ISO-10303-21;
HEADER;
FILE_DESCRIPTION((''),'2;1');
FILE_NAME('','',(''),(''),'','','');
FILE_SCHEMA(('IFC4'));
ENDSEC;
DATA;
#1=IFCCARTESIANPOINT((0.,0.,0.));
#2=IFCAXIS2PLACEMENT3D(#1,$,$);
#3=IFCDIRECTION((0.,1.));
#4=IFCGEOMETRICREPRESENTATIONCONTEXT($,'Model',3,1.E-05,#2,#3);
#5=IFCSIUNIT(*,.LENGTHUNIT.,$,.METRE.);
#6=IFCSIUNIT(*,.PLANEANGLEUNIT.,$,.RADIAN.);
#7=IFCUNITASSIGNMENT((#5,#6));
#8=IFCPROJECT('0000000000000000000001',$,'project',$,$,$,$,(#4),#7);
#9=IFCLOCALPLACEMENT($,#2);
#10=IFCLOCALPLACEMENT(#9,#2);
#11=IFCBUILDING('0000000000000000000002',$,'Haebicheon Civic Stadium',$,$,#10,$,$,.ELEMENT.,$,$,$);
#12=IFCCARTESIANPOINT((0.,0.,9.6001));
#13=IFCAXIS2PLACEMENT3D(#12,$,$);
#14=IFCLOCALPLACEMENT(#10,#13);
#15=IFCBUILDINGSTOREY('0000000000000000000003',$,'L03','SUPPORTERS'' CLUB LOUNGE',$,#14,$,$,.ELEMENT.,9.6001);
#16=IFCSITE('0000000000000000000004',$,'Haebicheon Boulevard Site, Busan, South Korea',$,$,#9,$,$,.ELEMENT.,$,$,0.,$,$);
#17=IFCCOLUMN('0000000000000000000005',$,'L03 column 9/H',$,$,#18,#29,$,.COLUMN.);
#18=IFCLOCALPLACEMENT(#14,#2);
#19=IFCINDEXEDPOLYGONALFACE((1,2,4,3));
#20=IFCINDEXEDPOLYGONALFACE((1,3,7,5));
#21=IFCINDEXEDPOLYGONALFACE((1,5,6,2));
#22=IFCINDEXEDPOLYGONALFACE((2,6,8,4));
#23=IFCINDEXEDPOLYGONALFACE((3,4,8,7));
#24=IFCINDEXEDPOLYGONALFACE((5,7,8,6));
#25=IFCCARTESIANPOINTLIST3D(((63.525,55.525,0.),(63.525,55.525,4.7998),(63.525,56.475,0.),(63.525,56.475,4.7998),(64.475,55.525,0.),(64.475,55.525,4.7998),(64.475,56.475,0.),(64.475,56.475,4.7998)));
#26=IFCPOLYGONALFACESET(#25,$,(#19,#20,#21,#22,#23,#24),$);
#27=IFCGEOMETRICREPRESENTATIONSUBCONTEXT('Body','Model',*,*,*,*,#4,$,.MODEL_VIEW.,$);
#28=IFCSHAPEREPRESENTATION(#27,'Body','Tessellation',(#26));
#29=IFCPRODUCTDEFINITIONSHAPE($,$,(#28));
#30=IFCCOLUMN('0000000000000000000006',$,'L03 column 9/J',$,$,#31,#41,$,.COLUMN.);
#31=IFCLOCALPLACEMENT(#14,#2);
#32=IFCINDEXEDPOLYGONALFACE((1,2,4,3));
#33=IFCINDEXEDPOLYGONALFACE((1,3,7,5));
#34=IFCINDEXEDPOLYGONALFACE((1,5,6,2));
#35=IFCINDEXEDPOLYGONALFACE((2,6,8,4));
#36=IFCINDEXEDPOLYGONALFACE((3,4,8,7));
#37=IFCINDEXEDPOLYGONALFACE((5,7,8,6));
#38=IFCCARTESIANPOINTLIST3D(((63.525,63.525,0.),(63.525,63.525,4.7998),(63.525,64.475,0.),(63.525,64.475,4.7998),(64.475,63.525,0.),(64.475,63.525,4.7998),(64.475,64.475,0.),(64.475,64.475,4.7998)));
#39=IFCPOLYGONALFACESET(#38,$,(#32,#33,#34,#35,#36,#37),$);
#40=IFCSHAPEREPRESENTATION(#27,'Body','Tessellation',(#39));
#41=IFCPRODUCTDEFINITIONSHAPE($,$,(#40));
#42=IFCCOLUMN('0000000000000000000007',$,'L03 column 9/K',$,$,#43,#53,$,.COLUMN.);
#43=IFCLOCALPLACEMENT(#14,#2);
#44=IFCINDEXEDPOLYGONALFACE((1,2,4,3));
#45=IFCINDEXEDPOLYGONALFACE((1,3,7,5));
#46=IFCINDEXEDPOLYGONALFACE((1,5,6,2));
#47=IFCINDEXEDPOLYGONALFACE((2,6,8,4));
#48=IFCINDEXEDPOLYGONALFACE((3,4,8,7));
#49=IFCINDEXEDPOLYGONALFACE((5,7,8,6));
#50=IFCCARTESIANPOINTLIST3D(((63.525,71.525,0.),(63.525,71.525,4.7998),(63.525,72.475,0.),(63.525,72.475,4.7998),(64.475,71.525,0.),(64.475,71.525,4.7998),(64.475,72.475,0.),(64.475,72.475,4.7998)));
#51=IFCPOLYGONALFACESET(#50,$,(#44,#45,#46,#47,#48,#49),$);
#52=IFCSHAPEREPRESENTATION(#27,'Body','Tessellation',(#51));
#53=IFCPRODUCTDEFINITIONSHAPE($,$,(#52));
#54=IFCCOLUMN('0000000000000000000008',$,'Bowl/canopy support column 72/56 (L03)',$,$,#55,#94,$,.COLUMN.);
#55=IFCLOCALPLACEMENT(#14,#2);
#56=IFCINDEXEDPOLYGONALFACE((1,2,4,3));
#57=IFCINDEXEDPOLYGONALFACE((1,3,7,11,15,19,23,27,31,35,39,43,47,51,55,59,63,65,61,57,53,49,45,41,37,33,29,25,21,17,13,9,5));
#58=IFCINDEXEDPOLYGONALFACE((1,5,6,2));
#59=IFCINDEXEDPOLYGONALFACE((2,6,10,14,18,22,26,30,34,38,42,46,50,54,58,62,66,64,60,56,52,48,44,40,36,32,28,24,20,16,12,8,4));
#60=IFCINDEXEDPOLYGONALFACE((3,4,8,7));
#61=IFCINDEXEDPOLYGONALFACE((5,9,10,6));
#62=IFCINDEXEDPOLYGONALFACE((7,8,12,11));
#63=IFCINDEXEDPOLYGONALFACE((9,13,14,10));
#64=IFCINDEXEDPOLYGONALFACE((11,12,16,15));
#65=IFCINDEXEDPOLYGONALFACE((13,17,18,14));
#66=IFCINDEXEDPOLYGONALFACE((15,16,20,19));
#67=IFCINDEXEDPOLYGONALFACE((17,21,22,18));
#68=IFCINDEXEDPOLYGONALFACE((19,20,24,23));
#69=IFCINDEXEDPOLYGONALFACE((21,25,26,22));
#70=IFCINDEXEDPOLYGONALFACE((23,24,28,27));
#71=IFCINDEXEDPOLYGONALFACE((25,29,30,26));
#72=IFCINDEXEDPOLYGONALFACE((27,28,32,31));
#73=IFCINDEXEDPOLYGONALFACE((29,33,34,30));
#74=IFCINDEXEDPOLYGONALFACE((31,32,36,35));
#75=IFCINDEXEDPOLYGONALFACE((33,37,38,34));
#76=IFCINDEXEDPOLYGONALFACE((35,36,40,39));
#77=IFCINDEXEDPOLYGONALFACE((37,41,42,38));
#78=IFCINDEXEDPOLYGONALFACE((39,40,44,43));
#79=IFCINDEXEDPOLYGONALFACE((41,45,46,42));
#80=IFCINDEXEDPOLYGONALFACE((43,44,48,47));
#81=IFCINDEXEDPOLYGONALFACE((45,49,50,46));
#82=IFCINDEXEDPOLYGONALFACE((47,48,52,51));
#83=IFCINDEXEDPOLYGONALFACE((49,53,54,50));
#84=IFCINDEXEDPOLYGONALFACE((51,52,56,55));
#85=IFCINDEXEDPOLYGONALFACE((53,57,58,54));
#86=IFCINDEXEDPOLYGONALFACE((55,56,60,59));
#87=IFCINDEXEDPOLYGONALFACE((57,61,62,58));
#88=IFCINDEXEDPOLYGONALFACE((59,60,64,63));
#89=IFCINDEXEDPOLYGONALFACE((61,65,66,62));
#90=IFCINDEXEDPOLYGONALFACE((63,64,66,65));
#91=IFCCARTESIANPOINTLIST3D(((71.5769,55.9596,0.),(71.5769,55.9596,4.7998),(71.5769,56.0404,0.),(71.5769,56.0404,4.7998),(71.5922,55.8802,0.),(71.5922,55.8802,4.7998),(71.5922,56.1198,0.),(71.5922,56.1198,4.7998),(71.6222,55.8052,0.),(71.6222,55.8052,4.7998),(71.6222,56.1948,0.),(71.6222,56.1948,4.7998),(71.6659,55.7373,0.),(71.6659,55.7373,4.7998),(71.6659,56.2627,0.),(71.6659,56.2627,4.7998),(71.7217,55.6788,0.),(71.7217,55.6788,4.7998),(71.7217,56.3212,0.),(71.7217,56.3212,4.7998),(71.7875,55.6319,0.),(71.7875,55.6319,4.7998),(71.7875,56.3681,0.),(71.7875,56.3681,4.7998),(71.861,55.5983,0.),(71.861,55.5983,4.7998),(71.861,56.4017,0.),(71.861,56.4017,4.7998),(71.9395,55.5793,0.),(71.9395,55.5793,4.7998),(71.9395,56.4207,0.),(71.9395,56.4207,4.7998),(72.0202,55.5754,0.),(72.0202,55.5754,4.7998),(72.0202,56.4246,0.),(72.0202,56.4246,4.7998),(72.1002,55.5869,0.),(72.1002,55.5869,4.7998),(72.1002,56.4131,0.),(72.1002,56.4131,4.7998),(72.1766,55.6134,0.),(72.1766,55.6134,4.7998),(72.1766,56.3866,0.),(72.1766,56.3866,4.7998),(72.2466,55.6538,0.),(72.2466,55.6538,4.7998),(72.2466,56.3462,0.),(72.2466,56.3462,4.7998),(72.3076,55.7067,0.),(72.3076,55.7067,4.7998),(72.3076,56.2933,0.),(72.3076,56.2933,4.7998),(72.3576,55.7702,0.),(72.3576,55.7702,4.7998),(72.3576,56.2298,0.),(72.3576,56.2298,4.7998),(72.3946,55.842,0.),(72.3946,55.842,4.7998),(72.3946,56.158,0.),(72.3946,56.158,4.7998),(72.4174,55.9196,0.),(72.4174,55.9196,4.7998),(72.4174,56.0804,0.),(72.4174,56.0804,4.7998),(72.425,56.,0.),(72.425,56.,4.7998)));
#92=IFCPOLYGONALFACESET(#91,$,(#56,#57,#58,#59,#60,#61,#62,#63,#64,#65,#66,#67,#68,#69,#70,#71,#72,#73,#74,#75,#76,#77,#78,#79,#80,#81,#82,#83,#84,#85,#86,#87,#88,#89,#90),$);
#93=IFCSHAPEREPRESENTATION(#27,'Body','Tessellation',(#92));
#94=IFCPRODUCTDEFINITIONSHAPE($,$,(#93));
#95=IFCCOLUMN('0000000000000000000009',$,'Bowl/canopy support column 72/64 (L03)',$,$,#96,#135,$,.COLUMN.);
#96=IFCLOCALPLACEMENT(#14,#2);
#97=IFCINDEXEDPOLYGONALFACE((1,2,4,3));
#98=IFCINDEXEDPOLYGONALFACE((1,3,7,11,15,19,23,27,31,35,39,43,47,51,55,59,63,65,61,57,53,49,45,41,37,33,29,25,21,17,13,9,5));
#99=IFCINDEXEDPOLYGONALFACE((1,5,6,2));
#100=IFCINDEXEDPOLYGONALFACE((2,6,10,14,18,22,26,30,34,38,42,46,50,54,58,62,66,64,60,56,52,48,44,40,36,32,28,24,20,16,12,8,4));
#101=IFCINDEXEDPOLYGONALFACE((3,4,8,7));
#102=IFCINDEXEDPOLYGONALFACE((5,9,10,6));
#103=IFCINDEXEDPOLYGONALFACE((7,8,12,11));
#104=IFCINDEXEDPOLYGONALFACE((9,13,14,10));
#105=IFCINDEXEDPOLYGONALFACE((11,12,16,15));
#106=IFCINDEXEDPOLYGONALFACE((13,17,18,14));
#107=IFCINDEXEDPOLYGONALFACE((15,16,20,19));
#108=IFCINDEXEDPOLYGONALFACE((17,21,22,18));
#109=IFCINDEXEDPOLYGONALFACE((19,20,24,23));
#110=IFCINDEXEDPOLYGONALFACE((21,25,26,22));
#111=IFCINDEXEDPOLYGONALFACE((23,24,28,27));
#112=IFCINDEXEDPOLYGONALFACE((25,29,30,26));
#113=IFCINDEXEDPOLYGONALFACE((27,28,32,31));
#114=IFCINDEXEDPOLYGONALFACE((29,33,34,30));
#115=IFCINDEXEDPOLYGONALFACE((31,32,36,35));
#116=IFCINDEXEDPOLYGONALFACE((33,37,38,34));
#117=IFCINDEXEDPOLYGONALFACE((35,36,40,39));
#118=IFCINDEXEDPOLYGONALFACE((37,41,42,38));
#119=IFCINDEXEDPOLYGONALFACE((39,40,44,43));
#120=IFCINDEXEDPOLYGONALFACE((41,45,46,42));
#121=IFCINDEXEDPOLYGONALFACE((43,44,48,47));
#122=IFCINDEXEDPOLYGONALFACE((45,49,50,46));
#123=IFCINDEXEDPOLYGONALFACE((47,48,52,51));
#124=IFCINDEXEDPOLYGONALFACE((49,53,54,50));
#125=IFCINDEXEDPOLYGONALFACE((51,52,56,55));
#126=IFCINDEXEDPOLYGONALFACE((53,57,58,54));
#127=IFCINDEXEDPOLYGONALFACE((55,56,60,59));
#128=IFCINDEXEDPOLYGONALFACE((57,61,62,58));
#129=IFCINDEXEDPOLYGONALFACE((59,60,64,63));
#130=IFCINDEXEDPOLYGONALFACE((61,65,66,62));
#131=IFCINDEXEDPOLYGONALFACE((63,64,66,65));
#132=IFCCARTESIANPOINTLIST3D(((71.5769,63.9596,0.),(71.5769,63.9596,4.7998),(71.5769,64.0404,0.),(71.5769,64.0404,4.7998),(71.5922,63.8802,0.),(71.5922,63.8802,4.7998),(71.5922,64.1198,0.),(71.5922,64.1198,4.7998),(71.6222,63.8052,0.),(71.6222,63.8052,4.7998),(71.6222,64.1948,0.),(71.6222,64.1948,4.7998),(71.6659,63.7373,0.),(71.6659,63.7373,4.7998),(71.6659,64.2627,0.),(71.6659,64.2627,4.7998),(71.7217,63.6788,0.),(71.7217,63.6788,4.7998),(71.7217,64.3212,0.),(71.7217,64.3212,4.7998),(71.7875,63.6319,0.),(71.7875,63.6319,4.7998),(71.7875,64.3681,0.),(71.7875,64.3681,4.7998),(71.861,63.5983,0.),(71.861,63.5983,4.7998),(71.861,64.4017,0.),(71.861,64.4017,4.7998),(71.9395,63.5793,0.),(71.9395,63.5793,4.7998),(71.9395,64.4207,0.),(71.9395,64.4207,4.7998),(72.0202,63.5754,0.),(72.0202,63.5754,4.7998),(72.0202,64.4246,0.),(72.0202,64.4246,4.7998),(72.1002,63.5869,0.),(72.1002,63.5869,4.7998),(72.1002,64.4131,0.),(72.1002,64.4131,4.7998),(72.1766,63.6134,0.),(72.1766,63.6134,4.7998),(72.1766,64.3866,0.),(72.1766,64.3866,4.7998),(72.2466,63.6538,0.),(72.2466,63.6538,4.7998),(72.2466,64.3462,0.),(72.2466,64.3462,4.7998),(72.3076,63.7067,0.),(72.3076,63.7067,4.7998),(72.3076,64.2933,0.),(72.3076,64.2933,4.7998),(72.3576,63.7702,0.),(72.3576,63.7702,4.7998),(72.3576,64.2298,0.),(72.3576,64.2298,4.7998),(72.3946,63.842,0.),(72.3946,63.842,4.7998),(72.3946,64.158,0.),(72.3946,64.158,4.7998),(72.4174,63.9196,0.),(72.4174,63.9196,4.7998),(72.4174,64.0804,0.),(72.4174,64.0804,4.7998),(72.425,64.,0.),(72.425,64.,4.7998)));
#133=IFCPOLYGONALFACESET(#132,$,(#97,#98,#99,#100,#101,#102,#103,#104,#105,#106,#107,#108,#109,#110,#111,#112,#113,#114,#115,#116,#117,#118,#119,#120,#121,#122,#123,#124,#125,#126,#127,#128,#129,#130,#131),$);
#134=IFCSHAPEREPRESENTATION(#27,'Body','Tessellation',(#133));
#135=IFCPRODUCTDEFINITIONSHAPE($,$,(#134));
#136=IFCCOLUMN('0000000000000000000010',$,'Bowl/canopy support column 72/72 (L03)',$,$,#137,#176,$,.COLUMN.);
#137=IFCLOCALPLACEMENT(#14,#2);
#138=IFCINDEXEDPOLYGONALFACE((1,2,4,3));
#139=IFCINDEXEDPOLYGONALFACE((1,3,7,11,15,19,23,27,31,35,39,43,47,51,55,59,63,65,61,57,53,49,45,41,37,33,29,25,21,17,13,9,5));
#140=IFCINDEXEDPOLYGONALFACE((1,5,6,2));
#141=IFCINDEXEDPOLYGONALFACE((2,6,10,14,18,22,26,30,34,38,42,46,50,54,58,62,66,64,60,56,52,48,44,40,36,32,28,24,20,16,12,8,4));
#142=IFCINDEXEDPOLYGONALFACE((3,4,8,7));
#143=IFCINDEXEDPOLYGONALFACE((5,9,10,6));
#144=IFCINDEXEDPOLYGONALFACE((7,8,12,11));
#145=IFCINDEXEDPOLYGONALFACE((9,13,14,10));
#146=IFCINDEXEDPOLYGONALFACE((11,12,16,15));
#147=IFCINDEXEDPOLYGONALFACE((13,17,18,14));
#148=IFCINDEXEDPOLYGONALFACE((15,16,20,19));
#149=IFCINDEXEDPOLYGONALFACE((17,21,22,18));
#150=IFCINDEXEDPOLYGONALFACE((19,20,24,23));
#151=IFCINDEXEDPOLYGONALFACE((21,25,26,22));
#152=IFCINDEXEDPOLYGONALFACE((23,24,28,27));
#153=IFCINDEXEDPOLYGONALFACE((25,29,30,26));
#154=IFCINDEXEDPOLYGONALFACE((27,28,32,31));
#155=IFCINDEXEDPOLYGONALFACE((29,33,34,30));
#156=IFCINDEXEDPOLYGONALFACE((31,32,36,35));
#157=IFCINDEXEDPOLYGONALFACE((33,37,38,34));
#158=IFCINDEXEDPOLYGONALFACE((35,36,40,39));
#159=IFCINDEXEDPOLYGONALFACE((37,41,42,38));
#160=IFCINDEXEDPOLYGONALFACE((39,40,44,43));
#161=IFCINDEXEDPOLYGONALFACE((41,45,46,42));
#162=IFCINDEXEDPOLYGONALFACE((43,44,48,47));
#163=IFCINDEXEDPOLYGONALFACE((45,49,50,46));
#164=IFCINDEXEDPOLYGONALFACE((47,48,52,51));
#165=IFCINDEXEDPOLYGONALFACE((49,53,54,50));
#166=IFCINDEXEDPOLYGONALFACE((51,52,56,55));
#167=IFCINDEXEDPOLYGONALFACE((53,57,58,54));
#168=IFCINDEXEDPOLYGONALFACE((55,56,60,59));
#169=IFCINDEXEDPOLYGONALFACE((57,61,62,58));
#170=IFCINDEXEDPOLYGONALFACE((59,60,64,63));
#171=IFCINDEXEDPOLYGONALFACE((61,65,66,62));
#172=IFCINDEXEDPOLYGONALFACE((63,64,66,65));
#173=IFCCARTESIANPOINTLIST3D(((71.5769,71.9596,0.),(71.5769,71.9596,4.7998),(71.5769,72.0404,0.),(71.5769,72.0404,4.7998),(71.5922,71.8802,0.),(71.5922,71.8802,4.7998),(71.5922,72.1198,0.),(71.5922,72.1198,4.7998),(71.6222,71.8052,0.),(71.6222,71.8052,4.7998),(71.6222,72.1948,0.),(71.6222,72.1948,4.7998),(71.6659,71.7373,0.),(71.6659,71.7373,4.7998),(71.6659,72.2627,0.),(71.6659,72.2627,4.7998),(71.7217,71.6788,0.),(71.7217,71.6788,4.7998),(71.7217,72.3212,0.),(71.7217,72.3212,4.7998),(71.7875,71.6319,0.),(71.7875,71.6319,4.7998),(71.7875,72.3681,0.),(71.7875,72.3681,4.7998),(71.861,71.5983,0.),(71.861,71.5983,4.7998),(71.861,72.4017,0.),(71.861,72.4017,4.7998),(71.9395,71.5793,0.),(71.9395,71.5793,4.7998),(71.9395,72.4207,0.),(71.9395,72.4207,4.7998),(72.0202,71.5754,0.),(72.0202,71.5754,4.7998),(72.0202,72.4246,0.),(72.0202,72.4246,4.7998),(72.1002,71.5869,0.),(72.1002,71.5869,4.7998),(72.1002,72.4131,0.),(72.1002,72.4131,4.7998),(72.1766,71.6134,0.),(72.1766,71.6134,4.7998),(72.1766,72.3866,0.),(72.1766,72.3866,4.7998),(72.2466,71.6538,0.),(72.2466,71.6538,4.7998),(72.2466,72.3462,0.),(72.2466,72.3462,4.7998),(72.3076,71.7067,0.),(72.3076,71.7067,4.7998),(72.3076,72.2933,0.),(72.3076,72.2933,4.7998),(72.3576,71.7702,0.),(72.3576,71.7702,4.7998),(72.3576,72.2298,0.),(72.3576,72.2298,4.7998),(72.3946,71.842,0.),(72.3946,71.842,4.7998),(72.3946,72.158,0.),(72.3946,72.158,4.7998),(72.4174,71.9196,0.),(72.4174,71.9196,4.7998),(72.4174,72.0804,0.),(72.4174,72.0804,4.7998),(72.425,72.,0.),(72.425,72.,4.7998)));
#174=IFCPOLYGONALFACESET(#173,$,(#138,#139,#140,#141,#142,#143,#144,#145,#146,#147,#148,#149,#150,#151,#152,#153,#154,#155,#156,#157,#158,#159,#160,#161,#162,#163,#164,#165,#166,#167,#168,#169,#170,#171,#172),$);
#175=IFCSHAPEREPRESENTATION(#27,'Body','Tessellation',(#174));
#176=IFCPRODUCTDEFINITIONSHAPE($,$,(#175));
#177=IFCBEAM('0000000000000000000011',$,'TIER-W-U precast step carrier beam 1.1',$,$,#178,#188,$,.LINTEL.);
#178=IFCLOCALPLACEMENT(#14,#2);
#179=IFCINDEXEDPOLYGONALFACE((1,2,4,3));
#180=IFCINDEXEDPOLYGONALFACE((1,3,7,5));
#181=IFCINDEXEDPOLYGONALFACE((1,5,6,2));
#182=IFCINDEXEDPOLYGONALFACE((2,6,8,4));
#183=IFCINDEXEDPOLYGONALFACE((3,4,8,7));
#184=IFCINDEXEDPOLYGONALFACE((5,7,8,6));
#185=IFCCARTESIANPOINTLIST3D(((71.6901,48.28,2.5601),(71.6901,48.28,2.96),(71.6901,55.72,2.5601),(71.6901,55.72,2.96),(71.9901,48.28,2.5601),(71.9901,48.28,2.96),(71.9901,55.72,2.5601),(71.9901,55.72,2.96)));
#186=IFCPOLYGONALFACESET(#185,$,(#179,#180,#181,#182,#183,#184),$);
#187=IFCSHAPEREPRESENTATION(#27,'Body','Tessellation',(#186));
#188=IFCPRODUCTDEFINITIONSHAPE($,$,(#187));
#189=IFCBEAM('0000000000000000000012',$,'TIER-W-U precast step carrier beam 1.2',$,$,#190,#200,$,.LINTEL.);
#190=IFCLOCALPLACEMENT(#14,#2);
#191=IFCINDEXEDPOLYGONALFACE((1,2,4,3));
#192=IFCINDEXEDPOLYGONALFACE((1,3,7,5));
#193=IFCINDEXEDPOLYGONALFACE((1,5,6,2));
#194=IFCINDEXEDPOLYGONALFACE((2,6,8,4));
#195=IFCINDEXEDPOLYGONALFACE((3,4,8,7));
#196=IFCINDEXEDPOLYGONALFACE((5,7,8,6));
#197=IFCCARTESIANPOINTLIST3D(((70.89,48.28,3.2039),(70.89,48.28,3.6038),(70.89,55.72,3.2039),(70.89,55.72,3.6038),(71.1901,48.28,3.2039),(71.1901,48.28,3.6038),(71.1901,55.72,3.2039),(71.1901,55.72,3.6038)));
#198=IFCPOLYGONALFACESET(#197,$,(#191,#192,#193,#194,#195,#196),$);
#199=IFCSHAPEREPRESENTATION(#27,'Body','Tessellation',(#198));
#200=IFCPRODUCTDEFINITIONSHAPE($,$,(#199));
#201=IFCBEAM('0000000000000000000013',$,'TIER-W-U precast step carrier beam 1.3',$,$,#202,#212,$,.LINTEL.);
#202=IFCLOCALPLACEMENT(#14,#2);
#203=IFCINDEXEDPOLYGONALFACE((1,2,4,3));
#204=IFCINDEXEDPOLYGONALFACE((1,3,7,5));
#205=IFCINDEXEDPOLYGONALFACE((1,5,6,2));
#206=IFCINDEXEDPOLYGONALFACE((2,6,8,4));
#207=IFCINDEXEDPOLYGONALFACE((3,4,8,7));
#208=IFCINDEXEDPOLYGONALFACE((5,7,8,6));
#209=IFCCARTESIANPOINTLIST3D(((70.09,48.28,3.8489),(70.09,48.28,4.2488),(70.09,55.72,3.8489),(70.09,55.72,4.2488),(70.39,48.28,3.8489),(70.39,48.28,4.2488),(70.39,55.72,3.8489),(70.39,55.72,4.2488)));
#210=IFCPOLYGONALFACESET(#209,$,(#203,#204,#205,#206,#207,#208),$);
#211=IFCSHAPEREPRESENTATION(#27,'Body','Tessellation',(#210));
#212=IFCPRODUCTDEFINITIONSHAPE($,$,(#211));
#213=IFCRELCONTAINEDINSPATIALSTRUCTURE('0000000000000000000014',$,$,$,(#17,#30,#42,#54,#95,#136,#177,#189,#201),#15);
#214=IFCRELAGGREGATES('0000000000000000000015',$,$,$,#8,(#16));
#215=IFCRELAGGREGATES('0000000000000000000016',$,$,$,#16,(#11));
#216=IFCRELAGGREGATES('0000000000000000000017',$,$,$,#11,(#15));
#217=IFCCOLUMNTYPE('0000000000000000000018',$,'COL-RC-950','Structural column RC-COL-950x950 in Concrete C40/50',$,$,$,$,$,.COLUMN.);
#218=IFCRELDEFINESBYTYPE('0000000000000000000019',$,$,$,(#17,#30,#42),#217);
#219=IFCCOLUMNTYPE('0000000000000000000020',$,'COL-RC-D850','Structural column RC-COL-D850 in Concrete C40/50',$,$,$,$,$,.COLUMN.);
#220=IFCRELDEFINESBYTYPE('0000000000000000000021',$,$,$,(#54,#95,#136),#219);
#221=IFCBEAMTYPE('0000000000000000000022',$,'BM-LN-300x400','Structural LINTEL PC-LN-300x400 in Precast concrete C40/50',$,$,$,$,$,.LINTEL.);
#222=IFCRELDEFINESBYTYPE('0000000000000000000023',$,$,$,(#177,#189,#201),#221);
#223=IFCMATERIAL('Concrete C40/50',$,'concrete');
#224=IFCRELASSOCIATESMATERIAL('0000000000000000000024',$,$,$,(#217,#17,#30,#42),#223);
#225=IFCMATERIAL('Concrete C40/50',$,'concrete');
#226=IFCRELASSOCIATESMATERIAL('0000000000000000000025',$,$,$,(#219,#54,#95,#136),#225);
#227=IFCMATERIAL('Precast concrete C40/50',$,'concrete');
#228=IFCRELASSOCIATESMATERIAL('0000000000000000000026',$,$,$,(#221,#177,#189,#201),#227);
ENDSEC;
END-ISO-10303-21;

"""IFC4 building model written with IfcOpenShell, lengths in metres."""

from ifc_helpers import new_model, si_unit, direction, frame, origin, origin_2d, place, context, subcontext, project, spatial, rectangle, circle, extrude, material, material_profile, profile_set, type_object, element, save


model = new_model("IFC4")

# Units and contexts
model_context = context("Model", 3, precision=1e-05, world=origin(), true_north=direction((0.0, 1.0)))
body_context = subcontext(model_context, "Body", "Model", "MODEL_VIEW")
ifc_project = project(units=[si_unit("LENGTHUNIT", "METRE"), si_unit("PLANEANGLEUNIT", "RADIAN")], contexts=[model_context])

# Site, building, storey
site_placement = place(None, origin())
site = spatial("IfcSite", under=ifc_project, at=site_placement, Name="Haebicheon Boulevard Site, Busan, South Korea", CompositionType="ELEMENT", RefElevation=0.0)
building_placement = place(site_placement, origin())
building = spatial("IfcBuilding", under=site, at=building_placement, Name="Haebicheon Civic Stadium", CompositionType="ELEMENT")
storey_placement = place(building_placement, frame((0.0, 0.0, 9.6001)))
storey = spatial("IfcBuildingStorey", under=building, at=storey_placement, Name="L03", Description="SUPPORTERS' CLUB LOUNGE", CompositionType="ELEMENT", Elevation=9.6001)

# Columns
ifc_material_1 = material(Name="Concrete C40/50", Category="concrete")
ifc_material_profile_1 = material_profile(ifc_material_1, rectangle(XDim=0.95, YDim=0.95, at=origin_2d()), Name="RC-COL-950x950")
ifc_profile_set_1 = profile_set([ifc_material_profile_1], Name="Concrete C40/50")
column_type_1 = type_object("IfcColumnType", Name="COL-RC-950", Description="Structural column RC-COL-950x950 in Concrete C40/50", PredefinedType="COLUMN", material=ifc_profile_set_1)
for number, where, z_axis, x_axis, name in (
    (1, (64.0, 56.0, 0.0), (0.0, 0.0, 1.0), (1.0, 0.0, 0.0), "L03 column 9/H"),
    (2, (64.0, 64.0, 0.0), (0.0, 0.0, 1.0), (1.0, 0.0, 0.0), "L03 column 9/J"),
    (3, (64.0, 72.0, 0.0), (0.0, 0.0, 1.0), (1.0, 0.0, 0.0), "L03 column 9/K"),
):
    element("IfcColumn", number, at=place(storey_placement, frame(where, z_axis=z_axis, x_axis=x_axis)), inside=storey, type_object=column_type_1, material=ifc_profile_set_1, Name=name, PredefinedType="COLUMN", context=body_context, shape_type="SweptSolid", body=[
        extrude(rectangle(XDim=0.95, YDim=0.95, at=origin_2d()), origin(), (0.0, 0.0, 1.0), 4.7998),
    ])
ifc_material_2 = material(Name="Concrete C40/50", Category="concrete")
ifc_material_profile_2 = material_profile(ifc_material_2, circle(Radius=0.425, at=origin_2d()), Name="RC-COL-D850")
ifc_profile_set_2 = profile_set([ifc_material_profile_2], Name="Concrete C40/50")
column_type_2 = type_object("IfcColumnType", Name="COL-RC-D850", Description="Structural column RC-COL-D850 in Concrete C40/50", PredefinedType="COLUMN", material=ifc_profile_set_2)
for number, where, z_axis, x_axis, name in (
    (4, (72.0, 56.0, 0.0), (0.0, 0.0, 1.0), (1.0, 0.0, 0.0), "Bowl/canopy support column 72/56 (L03)"),
    (5, (72.0, 64.0, 0.0), (0.0, 0.0, 1.0), (1.0, 0.0, 0.0), "Bowl/canopy support column 72/64 (L03)"),
    (6, (72.0, 72.0, 0.0), (0.0, 0.0, 1.0), (1.0, 0.0, 0.0), "Bowl/canopy support column 72/72 (L03)"),
):
    element("IfcColumn", number, at=place(storey_placement, frame(where, z_axis=z_axis, x_axis=x_axis)), inside=storey, type_object=column_type_2, material=ifc_profile_set_2, Name=name, PredefinedType="COLUMN", context=body_context, shape_type="SweptSolid", body=[
        extrude(circle(Radius=0.425, at=origin_2d()), origin(), (0.0, 0.0, 1.0), 4.7998),
    ])

# Beams
ifc_material_3 = material(Name="Precast concrete C40/50", Category="concrete")
ifc_material_profile_3 = material_profile(ifc_material_3, rectangle(XDim=0.3, YDim=0.3999, at=origin_2d()), Name="PC-LN-300x400")
ifc_profile_set_3 = profile_set([ifc_material_profile_3], Name="Precast concrete C40/50")
beam_type_1 = type_object("IfcBeamType", Name="BM-LN-300x400", Description="Structural LINTEL PC-LN-300x400 in Precast concrete C40/50", PredefinedType="LINTEL", material=ifc_profile_set_3)
for number, where, z_axis, x_axis, name in (
    (7, (71.8401, 48.28, 2.76), (0.0, 1.0, 0.0), (-1.0, 0.0, 0.0), "TIER-W-U precast step carrier beam 1.1"),
    (8, (71.04, 48.28, 3.4038), (0.0, 1.0, 0.0), (-1.0, 0.0, 0.0), "TIER-W-U precast step carrier beam 1.2"),
    (9, (70.24, 48.28, 4.0488), (0.0, 1.0, 0.0), (-1.0, 0.0, 0.0), "TIER-W-U precast step carrier beam 1.3"),
):
    element("IfcBeam", number, at=place(storey_placement, frame(where, z_axis=z_axis, x_axis=x_axis)), inside=storey, type_object=beam_type_1, material=ifc_profile_set_3, Name=name, PredefinedType="LINTEL", context=body_context, shape_type="SweptSolid", body=[
        extrude(rectangle(XDim=0.3, YDim=0.3999, at=origin_2d()), origin(), (0.0, 0.0, 1.0), 7.4399),
    ])

save(model, "model.ifc")
